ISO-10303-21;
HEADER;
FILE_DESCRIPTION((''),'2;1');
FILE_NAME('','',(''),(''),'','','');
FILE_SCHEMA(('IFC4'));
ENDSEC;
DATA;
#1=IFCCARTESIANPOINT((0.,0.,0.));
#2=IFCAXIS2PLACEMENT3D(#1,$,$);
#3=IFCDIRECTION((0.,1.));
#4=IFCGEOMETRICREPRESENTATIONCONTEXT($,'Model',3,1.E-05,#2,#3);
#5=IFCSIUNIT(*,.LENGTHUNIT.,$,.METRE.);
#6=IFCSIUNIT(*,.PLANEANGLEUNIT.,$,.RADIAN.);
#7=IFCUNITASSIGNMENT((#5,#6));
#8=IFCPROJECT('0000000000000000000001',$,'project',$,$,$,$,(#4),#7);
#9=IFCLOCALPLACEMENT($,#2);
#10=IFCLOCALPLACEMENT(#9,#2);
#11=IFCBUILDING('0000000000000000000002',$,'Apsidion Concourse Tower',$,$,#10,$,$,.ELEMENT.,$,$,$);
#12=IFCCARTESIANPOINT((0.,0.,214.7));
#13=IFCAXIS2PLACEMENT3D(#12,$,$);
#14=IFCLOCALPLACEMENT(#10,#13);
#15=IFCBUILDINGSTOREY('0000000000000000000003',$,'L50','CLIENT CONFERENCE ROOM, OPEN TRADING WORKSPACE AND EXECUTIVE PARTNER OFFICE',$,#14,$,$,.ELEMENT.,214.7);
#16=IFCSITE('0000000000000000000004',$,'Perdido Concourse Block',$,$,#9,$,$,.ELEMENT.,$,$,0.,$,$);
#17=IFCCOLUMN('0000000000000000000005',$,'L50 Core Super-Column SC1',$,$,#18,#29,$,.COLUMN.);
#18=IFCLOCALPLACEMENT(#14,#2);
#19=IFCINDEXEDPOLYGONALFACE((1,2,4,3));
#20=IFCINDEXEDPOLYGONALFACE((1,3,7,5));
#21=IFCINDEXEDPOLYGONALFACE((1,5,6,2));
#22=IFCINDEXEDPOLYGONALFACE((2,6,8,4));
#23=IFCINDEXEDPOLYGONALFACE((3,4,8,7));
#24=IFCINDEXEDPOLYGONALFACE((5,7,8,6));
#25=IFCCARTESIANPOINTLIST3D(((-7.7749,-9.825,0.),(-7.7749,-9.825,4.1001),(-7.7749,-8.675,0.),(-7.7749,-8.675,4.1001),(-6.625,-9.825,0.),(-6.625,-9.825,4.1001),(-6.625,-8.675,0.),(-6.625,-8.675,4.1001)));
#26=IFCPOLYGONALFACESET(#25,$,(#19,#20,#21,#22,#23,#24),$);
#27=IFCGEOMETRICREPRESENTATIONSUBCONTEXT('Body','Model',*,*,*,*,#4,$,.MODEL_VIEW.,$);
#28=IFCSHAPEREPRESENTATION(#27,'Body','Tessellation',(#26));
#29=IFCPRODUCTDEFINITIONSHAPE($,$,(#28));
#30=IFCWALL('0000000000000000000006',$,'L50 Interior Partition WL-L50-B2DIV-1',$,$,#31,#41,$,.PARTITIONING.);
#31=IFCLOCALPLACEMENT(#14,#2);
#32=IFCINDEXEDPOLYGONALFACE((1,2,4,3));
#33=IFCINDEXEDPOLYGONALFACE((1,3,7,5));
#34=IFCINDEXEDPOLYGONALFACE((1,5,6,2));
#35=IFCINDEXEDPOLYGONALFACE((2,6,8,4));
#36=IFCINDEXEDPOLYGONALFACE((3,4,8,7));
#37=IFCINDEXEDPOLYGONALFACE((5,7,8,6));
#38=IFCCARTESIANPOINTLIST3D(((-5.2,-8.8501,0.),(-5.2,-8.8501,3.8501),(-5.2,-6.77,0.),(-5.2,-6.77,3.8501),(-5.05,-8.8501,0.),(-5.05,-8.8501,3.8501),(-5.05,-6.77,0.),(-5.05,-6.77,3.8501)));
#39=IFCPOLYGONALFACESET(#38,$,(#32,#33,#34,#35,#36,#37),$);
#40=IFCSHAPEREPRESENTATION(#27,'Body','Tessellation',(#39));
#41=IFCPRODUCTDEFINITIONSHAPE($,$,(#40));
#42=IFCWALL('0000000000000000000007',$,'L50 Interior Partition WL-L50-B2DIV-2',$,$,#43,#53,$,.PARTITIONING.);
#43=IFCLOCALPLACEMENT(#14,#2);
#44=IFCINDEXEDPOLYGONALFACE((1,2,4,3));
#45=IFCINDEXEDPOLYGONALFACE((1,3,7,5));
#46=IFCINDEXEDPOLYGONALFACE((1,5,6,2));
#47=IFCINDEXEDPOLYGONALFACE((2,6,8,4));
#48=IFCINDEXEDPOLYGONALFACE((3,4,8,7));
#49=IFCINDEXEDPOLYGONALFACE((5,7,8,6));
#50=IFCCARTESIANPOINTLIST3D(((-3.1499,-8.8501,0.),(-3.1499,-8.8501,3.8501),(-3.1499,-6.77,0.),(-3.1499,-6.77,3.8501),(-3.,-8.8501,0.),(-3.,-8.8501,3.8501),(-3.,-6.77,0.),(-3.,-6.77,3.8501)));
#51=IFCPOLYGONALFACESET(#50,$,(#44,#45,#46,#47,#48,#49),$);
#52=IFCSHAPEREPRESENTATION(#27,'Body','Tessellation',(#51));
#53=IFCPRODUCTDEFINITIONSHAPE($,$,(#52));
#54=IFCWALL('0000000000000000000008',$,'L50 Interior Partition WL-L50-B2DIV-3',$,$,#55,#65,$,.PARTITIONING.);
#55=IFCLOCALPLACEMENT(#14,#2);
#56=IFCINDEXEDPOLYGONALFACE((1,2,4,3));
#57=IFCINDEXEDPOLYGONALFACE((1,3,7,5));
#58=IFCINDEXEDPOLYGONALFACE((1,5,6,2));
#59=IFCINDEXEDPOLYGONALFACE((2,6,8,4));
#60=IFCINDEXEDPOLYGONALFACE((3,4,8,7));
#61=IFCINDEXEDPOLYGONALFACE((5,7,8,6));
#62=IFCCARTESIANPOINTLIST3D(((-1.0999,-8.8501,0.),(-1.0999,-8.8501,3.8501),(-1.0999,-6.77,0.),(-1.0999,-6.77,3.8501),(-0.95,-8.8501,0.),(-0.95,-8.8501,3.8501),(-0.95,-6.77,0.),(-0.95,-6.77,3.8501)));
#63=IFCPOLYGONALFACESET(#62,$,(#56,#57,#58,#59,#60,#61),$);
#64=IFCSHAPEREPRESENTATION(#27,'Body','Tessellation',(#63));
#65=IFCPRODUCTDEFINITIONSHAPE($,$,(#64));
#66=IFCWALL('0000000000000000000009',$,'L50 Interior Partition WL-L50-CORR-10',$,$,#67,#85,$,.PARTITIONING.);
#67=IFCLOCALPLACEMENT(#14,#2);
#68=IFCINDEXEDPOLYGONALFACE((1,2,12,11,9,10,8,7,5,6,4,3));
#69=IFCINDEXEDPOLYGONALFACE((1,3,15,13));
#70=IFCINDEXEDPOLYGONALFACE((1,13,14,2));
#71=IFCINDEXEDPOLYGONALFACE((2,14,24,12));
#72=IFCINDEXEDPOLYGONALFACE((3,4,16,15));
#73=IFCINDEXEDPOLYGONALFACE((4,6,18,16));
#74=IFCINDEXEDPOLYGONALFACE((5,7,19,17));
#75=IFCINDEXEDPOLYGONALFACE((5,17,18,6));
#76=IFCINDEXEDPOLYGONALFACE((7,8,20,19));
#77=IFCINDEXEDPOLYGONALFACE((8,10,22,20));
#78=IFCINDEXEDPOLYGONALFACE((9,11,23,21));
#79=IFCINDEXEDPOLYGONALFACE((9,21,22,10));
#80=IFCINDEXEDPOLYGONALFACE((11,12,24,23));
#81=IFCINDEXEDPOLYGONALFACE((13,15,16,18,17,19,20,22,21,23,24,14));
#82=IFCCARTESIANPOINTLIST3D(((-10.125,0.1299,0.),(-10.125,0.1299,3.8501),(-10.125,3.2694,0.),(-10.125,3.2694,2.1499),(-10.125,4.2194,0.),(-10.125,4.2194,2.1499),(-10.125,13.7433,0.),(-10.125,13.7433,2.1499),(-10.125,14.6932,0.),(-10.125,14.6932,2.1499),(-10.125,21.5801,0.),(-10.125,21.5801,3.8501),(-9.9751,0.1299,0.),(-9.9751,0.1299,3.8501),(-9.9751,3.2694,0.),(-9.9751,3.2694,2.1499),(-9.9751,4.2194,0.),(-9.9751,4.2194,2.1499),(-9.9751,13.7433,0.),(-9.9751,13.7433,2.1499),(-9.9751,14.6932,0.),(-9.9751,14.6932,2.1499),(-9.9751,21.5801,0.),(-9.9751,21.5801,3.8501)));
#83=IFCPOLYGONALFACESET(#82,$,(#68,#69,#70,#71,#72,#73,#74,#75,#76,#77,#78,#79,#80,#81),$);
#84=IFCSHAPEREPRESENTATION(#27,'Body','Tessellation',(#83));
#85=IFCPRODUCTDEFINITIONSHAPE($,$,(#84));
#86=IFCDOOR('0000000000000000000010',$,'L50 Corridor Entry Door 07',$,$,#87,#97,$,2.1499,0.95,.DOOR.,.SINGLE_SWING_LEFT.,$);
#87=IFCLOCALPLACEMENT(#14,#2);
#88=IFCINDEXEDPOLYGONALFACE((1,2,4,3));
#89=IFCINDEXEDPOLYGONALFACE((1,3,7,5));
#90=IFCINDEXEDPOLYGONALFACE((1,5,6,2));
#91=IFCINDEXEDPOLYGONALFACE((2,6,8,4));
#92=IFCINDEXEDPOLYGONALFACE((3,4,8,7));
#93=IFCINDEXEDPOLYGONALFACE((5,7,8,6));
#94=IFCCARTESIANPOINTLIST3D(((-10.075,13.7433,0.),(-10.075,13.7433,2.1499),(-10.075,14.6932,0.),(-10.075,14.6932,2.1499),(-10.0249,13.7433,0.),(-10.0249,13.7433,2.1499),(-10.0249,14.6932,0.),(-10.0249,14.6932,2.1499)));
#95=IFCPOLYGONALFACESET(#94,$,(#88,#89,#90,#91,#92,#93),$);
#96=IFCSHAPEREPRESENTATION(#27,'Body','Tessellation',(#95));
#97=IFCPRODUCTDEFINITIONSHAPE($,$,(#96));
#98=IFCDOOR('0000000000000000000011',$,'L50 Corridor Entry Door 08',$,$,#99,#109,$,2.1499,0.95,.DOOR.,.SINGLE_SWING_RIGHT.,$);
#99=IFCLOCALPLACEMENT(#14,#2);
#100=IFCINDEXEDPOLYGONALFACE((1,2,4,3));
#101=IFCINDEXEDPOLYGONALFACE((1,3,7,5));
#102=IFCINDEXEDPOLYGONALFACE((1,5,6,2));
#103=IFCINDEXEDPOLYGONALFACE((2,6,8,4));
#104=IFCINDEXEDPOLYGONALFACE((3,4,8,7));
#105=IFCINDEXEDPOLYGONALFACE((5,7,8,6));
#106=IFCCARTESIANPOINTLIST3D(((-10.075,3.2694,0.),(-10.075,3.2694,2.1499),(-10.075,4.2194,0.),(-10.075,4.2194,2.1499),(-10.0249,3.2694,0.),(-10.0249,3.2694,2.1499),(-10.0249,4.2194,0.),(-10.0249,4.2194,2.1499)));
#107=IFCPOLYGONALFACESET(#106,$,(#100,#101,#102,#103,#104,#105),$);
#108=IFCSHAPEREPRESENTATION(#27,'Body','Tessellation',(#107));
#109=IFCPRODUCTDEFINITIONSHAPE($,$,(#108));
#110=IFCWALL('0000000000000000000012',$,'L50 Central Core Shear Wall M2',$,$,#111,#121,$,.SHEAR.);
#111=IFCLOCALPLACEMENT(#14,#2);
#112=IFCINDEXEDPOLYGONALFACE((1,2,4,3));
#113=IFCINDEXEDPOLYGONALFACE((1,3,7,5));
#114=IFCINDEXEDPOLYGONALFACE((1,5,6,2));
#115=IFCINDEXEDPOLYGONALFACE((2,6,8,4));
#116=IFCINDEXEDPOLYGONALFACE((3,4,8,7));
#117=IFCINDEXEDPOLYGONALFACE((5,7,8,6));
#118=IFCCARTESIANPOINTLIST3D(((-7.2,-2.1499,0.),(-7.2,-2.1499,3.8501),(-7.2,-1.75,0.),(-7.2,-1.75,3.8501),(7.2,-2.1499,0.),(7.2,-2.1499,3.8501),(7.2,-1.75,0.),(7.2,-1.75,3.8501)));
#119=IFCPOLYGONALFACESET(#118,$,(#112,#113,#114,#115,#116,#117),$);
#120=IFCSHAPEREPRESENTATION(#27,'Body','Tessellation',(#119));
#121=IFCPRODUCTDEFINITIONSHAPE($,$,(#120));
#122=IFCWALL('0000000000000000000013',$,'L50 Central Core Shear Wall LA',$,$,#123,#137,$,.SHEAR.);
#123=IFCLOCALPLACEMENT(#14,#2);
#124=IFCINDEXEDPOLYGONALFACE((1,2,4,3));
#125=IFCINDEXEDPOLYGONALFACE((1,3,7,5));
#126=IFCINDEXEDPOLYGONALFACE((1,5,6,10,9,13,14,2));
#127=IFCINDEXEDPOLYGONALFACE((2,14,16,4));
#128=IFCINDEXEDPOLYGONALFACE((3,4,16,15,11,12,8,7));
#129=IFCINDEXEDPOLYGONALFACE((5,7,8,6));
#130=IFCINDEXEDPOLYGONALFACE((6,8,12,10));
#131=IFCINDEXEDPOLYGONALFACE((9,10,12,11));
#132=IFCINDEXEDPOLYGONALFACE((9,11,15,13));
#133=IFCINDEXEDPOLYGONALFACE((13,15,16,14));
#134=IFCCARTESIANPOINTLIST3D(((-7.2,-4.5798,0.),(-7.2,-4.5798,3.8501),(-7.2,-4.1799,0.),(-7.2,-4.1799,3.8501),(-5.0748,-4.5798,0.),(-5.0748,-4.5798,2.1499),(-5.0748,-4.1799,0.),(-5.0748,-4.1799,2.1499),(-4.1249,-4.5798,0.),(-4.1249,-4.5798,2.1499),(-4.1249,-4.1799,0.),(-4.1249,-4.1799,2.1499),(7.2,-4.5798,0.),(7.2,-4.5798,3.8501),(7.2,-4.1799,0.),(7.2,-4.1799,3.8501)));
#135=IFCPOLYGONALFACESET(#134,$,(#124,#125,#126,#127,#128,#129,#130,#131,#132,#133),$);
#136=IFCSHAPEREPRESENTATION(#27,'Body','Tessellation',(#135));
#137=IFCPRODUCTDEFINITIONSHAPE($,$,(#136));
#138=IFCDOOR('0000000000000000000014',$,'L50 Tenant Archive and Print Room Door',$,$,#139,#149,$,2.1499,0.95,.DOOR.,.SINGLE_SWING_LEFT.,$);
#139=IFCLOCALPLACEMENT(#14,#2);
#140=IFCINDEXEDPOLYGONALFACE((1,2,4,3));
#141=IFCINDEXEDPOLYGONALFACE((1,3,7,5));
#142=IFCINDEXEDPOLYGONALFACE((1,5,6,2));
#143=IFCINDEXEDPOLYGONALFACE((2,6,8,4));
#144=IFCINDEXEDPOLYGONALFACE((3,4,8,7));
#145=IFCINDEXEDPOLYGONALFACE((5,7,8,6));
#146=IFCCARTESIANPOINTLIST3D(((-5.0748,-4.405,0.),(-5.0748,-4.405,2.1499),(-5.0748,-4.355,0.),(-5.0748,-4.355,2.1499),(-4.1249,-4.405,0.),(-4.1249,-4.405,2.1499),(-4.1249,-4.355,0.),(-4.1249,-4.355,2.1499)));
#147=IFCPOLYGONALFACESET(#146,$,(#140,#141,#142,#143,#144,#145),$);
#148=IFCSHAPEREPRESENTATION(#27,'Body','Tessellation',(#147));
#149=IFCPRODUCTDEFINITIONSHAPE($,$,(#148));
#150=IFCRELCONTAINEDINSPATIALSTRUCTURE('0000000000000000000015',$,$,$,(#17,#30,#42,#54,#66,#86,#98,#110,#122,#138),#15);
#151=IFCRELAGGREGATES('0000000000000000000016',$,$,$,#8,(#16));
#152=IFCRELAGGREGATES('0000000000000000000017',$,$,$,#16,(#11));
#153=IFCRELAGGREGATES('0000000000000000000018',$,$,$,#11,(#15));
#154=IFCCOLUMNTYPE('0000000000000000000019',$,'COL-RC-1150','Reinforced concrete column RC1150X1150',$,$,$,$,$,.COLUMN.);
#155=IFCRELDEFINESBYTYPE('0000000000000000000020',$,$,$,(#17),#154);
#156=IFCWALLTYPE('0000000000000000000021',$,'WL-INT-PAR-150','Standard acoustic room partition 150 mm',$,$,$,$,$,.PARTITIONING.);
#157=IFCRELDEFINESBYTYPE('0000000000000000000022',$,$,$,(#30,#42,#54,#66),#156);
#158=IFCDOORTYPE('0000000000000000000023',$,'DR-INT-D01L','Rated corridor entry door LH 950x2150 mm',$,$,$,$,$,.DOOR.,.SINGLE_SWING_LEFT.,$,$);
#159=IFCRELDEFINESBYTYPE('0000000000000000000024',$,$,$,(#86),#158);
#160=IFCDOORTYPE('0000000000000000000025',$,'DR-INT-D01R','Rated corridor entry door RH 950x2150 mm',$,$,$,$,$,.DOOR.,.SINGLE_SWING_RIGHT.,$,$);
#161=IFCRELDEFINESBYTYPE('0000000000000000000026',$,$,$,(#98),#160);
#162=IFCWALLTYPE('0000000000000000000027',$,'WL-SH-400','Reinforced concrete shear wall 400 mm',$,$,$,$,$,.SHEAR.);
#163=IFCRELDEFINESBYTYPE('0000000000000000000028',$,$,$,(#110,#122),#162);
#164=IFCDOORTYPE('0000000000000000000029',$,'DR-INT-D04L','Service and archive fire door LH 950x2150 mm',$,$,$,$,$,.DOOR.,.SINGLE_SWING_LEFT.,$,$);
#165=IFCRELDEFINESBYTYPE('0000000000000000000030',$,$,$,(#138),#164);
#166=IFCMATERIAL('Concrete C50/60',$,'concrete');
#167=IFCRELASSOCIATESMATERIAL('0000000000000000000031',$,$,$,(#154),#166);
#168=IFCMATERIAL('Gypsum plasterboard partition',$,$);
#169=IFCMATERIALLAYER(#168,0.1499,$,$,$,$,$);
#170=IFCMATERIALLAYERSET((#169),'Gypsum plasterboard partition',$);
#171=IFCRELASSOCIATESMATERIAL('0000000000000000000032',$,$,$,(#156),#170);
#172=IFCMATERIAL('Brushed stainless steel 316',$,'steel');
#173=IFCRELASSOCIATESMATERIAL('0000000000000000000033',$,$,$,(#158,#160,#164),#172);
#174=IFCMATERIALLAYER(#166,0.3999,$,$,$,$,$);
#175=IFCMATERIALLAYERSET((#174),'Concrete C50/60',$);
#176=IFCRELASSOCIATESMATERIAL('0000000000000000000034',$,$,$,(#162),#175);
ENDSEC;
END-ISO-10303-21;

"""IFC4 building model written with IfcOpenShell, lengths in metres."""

from ifc_helpers import new_model, si_unit, direction, frame, frame_2d, origin, origin_2d, place, context, subcontext, project, spatial, rectangle, extrude, material, layer, layer_set, material_profile, profile_set, type_object, element, fill, save


model = new_model("IFC4")

# Units and contexts
model_context = context("Model", 3, precision=1e-05, world=origin(), true_north=direction((0.0, 1.0)))
body_context = subcontext(model_context, "Body", "Model", "MODEL_VIEW")
ifc_project = project(units=[si_unit("LENGTHUNIT", "METRE"), si_unit("PLANEANGLEUNIT", "RADIAN")], contexts=[model_context])

# Site, building, storey
site_placement = place(None, origin())
site = spatial("IfcSite", under=ifc_project, at=site_placement, Name="Perdido Concourse Block", CompositionType="ELEMENT", RefElevation=0.0)
building_placement = place(site_placement, origin())
building = spatial("IfcBuilding", under=site, at=building_placement, Name="Apsidion Concourse Tower", CompositionType="ELEMENT")
storey_placement = place(building_placement, frame((0.0, 0.0, 214.7)))
storey = spatial("IfcBuildingStorey", under=building, at=storey_placement, Name="L50", Description="CLIENT CONFERENCE ROOM, OPEN TRADING WORKSPACE AND EXECUTIVE PARTNER OFFICE", CompositionType="ELEMENT", Elevation=214.7)

# Column
ifc_material_1 = material(Name="Concrete C50/60", Category="concrete")
ifc_material_profile = material_profile(ifc_material_1, rectangle(XDim=1.1499, YDim=1.1499, at=origin_2d()), Name="RC 1150x1150")
ifc_profile_set = profile_set([ifc_material_profile], Name="Concrete C50/60")
column_type = type_object("IfcColumnType", Name="COL-RC-1150", Description="Reinforced concrete column RC1150X1150", PredefinedType="COLUMN", material=ifc_profile_set)
column_placement = place(storey_placement, frame((-7.2, -9.25, 0.0), z_axis=(0.0, 0.0, 1.0), x_axis=(1.0, 0.0, 0.0)))
element("IfcColumn", 1, at=column_placement, inside=storey, type_object=column_type, Name="L50 Core Super-Column SC1", PredefinedType="COLUMN", context=body_context, shape_type="SweptSolid", body=[
    extrude(rectangle(XDim=1.1499, YDim=1.1499, at=origin_2d()), origin(), (0.0, 0.0, 1.0), 4.1001),
])

# Walls
ifc_material_2 = material(Name="Gypsum plasterboard partition")
ifc_layer_1 = layer(ifc_material_2, 0.1499)
ifc_layer_set_1 = layer_set([ifc_layer_1], Name="Gypsum plasterboard partition")
wall_type_1 = type_object("IfcWallType", Name="WL-INT-PAR-150", Description="Standard acoustic room partition 150 mm", PredefinedType="PARTITIONING", material=ifc_layer_set_1)
for number, where, z_axis, x_axis, name in (
    (2, (-5.125, -8.8501, 0.0), (0.0, 0.0, 1.0), (0.0, 1.0, 0.0), "L50 Interior Partition WL-L50-B2DIV-1"),
    (3, (-3.075, -8.8501, 0.0), (0.0, 0.0, 1.0), (0.0, 1.0, 0.0), "L50 Interior Partition WL-L50-B2DIV-2"),
    (4, (-1.0249, -8.8501, 0.0), (0.0, 0.0, 1.0), (0.0, 1.0, 0.0), "L50 Interior Partition WL-L50-B2DIV-3"),
):
    element("IfcWall", number, at=place(storey_placement, frame(where, z_axis=z_axis, x_axis=x_axis)), inside=storey, type_object=wall_type_1, Name=name, PredefinedType="PARTITIONING", context=body_context, shape_type="SweptSolid", body=[
        extrude(rectangle(XDim=2.0801, YDim=0.1499, at=frame_2d((1.04, 0.0))), origin(), (0.0, 0.0, 1.0), 3.8501),
    ])

# Wall, openings, doors
wall_1_placement = place(storey_placement, frame((-10.05, 0.1299, 0.0), z_axis=(0.0, 0.0, 1.0), x_axis=(0.0, 1.0, 0.0)))
wall_1 = element("IfcWall", 5, at=wall_1_placement, inside=storey, type_object=wall_type_1, Name="L50 Interior Partition WL-L50-CORR-10", PredefinedType="PARTITIONING", context=body_context, shape_type="SweptSolid", body=[
    extrude(rectangle(XDim=21.4502, YDim=0.1499, at=frame_2d((10.7251, 0.0))), origin(), (0.0, 0.0, 1.0), 3.8501),
])
opening_1_placement = place(wall_1_placement, frame((13.6133, 0.0, 0.0)))
opening_1 = element("IfcOpeningElement", 6, at=opening_1_placement, cuts=wall_1, PredefinedType="OPENING", context=body_context, shape_type="SweptSolid", body=[
    extrude(rectangle(XDim=0.95, YDim=2.1499, at=frame_2d((0.4751, 1.075))), frame((0.0, 0.085, 0.0), z_axis=(0.0, -1.0, 0.0), x_axis=(1.0, 0.0, 0.0)), (0.0, 0.0, 1.0), 0.1699),
])
opening_2_placement = place(wall_1_placement, frame((3.1394, 0.0, 0.0)))
opening_2 = element("IfcOpeningElement", 7, at=opening_2_placement, cuts=wall_1, PredefinedType="OPENING", context=body_context, shape_type="SweptSolid", body=[
    extrude(rectangle(XDim=0.95, YDim=2.1499, at=frame_2d((0.4751, 1.075))), frame((0.0, 0.085, 0.0), z_axis=(0.0, -1.0, 0.0), x_axis=(1.0, 0.0, 0.0)), (0.0, 0.0, 1.0), 0.1699),
])
ifc_material_3 = material(Name="Brushed stainless steel 316", Category="steel")
door_type_1 = type_object("IfcDoorType", Name="DR-INT-D01L", Description="Rated corridor entry door LH 950x2150 mm", OperationType="SINGLE_SWING_LEFT", PredefinedType="DOOR", material=ifc_material_3)
door_1_placement = place(opening_1_placement, origin())
door_1 = element("IfcDoor", 8, at=door_1_placement, inside=storey, type_object=door_type_1, Name="L50 Corridor Entry Door 07", OperationType="SINGLE_SWING_LEFT", OverallHeight=2.1499, OverallWidth=0.95, PredefinedType="DOOR", context=body_context, shape_type="SweptSolid", body=[
    extrude(rectangle(XDim=0.95, YDim=2.1499, at=frame_2d((0.4751, 1.075))), frame((0.0, 0.0249, 0.0), z_axis=(0.0, -1.0, 0.0), x_axis=(1.0, 0.0, 0.0)), (0.0, 0.0, 1.0), 0.05),
])
fill(opening_1, door_1)
door_type_2 = type_object("IfcDoorType", Name="DR-INT-D01R", Description="Rated corridor entry door RH 950x2150 mm", OperationType="SINGLE_SWING_RIGHT", PredefinedType="DOOR", material=ifc_material_3)
door_2_placement = place(opening_2_placement, origin())
door_2 = element("IfcDoor", 9, at=door_2_placement, inside=storey, type_object=door_type_2, Name="L50 Corridor Entry Door 08", OperationType="SINGLE_SWING_RIGHT", OverallHeight=2.1499, OverallWidth=0.95, PredefinedType="DOOR", context=body_context, shape_type="SweptSolid", body=[
    extrude(rectangle(XDim=0.95, YDim=2.1499, at=frame_2d((0.4751, 1.075))), frame((0.0, 0.0249, 0.0), z_axis=(0.0, -1.0, 0.0), x_axis=(1.0, 0.0, 0.0)), (0.0, 0.0, 1.0), 0.05),
])
fill(opening_2, door_2)

# Wall
ifc_layer_2 = layer(ifc_material_1, 0.3999)
ifc_layer_set_2 = layer_set([ifc_layer_2], Name="Concrete C50/60")
wall_type_2 = type_object("IfcWallType", Name="WL-SH-400", Description="Reinforced concrete shear wall 400 mm", PredefinedType="SHEAR", material=ifc_layer_set_2)
wall_2_placement = place(storey_placement, frame((-7.2, -1.95, 0.0), z_axis=(0.0, 0.0, 1.0), x_axis=(1.0, 0.0, 0.0)))
element("IfcWall", 10, at=wall_2_placement, inside=storey, type_object=wall_type_2, Name="L50 Central Core Shear Wall M2", PredefinedType="SHEAR", context=body_context, shape_type="SweptSolid", body=[
    extrude(rectangle(XDim=14.3999, YDim=0.3999, at=frame_2d((7.2, 0.0))), origin(), (0.0, 0.0, 1.0), 3.8501),
])

# Wall, opening, door
wall_3_placement = place(storey_placement, frame((-7.2, -4.3799, 0.0), z_axis=(0.0, 0.0, 1.0), x_axis=(1.0, 0.0, 0.0)))
wall_3 = element("IfcWall", 11, at=wall_3_placement, inside=storey, type_object=wall_type_2, Name="L50 Central Core Shear Wall LA", PredefinedType="SHEAR", context=body_context, shape_type="SweptSolid", body=[
    extrude(rectangle(XDim=14.3999, YDim=0.3999, at=frame_2d((7.2, 0.0))), origin(), (0.0, 0.0, 1.0), 3.8501),
])
opening_3_placement = place(wall_3_placement, frame((2.125, 0.0, 0.0)))
opening_3 = element("IfcOpeningElement", 12, at=opening_3_placement, cuts=wall_3, PredefinedType="OPENING", context=body_context, shape_type="SweptSolid", body=[
    extrude(rectangle(XDim=0.95, YDim=2.1499, at=frame_2d((0.4751, 1.075))), frame((0.0, 0.21, 0.0), z_axis=(0.0, -1.0, 0.0), x_axis=(1.0, 0.0, 0.0)), (0.0, 0.0, 1.0), 0.4199),
])
door_type_3 = type_object("IfcDoorType", Name="DR-INT-D04L", Description="Service and archive fire door LH 950x2150 mm", OperationType="SINGLE_SWING_LEFT", PredefinedType="DOOR", material=ifc_material_3)
door_3_placement = place(opening_3_placement, origin())
door_3 = element("IfcDoor", 13, at=door_3_placement, inside=storey, type_object=door_type_3, Name="L50 Tenant Archive and Print Room Door", OperationType="SINGLE_SWING_LEFT", OverallHeight=2.1499, OverallWidth=0.95, PredefinedType="DOOR", context=body_context, shape_type="SweptSolid", body=[
    extrude(rectangle(XDim=0.95, YDim=2.1499, at=frame_2d((0.4751, 1.075))), frame((0.0, 0.0249, 0.0), z_axis=(0.0, -1.0, 0.0), x_axis=(1.0, 0.0, 0.0)), (0.0, 0.0, 1.0), 0.05),
])
fill(opening_3, door_3)

save(model, "model.ifc")
